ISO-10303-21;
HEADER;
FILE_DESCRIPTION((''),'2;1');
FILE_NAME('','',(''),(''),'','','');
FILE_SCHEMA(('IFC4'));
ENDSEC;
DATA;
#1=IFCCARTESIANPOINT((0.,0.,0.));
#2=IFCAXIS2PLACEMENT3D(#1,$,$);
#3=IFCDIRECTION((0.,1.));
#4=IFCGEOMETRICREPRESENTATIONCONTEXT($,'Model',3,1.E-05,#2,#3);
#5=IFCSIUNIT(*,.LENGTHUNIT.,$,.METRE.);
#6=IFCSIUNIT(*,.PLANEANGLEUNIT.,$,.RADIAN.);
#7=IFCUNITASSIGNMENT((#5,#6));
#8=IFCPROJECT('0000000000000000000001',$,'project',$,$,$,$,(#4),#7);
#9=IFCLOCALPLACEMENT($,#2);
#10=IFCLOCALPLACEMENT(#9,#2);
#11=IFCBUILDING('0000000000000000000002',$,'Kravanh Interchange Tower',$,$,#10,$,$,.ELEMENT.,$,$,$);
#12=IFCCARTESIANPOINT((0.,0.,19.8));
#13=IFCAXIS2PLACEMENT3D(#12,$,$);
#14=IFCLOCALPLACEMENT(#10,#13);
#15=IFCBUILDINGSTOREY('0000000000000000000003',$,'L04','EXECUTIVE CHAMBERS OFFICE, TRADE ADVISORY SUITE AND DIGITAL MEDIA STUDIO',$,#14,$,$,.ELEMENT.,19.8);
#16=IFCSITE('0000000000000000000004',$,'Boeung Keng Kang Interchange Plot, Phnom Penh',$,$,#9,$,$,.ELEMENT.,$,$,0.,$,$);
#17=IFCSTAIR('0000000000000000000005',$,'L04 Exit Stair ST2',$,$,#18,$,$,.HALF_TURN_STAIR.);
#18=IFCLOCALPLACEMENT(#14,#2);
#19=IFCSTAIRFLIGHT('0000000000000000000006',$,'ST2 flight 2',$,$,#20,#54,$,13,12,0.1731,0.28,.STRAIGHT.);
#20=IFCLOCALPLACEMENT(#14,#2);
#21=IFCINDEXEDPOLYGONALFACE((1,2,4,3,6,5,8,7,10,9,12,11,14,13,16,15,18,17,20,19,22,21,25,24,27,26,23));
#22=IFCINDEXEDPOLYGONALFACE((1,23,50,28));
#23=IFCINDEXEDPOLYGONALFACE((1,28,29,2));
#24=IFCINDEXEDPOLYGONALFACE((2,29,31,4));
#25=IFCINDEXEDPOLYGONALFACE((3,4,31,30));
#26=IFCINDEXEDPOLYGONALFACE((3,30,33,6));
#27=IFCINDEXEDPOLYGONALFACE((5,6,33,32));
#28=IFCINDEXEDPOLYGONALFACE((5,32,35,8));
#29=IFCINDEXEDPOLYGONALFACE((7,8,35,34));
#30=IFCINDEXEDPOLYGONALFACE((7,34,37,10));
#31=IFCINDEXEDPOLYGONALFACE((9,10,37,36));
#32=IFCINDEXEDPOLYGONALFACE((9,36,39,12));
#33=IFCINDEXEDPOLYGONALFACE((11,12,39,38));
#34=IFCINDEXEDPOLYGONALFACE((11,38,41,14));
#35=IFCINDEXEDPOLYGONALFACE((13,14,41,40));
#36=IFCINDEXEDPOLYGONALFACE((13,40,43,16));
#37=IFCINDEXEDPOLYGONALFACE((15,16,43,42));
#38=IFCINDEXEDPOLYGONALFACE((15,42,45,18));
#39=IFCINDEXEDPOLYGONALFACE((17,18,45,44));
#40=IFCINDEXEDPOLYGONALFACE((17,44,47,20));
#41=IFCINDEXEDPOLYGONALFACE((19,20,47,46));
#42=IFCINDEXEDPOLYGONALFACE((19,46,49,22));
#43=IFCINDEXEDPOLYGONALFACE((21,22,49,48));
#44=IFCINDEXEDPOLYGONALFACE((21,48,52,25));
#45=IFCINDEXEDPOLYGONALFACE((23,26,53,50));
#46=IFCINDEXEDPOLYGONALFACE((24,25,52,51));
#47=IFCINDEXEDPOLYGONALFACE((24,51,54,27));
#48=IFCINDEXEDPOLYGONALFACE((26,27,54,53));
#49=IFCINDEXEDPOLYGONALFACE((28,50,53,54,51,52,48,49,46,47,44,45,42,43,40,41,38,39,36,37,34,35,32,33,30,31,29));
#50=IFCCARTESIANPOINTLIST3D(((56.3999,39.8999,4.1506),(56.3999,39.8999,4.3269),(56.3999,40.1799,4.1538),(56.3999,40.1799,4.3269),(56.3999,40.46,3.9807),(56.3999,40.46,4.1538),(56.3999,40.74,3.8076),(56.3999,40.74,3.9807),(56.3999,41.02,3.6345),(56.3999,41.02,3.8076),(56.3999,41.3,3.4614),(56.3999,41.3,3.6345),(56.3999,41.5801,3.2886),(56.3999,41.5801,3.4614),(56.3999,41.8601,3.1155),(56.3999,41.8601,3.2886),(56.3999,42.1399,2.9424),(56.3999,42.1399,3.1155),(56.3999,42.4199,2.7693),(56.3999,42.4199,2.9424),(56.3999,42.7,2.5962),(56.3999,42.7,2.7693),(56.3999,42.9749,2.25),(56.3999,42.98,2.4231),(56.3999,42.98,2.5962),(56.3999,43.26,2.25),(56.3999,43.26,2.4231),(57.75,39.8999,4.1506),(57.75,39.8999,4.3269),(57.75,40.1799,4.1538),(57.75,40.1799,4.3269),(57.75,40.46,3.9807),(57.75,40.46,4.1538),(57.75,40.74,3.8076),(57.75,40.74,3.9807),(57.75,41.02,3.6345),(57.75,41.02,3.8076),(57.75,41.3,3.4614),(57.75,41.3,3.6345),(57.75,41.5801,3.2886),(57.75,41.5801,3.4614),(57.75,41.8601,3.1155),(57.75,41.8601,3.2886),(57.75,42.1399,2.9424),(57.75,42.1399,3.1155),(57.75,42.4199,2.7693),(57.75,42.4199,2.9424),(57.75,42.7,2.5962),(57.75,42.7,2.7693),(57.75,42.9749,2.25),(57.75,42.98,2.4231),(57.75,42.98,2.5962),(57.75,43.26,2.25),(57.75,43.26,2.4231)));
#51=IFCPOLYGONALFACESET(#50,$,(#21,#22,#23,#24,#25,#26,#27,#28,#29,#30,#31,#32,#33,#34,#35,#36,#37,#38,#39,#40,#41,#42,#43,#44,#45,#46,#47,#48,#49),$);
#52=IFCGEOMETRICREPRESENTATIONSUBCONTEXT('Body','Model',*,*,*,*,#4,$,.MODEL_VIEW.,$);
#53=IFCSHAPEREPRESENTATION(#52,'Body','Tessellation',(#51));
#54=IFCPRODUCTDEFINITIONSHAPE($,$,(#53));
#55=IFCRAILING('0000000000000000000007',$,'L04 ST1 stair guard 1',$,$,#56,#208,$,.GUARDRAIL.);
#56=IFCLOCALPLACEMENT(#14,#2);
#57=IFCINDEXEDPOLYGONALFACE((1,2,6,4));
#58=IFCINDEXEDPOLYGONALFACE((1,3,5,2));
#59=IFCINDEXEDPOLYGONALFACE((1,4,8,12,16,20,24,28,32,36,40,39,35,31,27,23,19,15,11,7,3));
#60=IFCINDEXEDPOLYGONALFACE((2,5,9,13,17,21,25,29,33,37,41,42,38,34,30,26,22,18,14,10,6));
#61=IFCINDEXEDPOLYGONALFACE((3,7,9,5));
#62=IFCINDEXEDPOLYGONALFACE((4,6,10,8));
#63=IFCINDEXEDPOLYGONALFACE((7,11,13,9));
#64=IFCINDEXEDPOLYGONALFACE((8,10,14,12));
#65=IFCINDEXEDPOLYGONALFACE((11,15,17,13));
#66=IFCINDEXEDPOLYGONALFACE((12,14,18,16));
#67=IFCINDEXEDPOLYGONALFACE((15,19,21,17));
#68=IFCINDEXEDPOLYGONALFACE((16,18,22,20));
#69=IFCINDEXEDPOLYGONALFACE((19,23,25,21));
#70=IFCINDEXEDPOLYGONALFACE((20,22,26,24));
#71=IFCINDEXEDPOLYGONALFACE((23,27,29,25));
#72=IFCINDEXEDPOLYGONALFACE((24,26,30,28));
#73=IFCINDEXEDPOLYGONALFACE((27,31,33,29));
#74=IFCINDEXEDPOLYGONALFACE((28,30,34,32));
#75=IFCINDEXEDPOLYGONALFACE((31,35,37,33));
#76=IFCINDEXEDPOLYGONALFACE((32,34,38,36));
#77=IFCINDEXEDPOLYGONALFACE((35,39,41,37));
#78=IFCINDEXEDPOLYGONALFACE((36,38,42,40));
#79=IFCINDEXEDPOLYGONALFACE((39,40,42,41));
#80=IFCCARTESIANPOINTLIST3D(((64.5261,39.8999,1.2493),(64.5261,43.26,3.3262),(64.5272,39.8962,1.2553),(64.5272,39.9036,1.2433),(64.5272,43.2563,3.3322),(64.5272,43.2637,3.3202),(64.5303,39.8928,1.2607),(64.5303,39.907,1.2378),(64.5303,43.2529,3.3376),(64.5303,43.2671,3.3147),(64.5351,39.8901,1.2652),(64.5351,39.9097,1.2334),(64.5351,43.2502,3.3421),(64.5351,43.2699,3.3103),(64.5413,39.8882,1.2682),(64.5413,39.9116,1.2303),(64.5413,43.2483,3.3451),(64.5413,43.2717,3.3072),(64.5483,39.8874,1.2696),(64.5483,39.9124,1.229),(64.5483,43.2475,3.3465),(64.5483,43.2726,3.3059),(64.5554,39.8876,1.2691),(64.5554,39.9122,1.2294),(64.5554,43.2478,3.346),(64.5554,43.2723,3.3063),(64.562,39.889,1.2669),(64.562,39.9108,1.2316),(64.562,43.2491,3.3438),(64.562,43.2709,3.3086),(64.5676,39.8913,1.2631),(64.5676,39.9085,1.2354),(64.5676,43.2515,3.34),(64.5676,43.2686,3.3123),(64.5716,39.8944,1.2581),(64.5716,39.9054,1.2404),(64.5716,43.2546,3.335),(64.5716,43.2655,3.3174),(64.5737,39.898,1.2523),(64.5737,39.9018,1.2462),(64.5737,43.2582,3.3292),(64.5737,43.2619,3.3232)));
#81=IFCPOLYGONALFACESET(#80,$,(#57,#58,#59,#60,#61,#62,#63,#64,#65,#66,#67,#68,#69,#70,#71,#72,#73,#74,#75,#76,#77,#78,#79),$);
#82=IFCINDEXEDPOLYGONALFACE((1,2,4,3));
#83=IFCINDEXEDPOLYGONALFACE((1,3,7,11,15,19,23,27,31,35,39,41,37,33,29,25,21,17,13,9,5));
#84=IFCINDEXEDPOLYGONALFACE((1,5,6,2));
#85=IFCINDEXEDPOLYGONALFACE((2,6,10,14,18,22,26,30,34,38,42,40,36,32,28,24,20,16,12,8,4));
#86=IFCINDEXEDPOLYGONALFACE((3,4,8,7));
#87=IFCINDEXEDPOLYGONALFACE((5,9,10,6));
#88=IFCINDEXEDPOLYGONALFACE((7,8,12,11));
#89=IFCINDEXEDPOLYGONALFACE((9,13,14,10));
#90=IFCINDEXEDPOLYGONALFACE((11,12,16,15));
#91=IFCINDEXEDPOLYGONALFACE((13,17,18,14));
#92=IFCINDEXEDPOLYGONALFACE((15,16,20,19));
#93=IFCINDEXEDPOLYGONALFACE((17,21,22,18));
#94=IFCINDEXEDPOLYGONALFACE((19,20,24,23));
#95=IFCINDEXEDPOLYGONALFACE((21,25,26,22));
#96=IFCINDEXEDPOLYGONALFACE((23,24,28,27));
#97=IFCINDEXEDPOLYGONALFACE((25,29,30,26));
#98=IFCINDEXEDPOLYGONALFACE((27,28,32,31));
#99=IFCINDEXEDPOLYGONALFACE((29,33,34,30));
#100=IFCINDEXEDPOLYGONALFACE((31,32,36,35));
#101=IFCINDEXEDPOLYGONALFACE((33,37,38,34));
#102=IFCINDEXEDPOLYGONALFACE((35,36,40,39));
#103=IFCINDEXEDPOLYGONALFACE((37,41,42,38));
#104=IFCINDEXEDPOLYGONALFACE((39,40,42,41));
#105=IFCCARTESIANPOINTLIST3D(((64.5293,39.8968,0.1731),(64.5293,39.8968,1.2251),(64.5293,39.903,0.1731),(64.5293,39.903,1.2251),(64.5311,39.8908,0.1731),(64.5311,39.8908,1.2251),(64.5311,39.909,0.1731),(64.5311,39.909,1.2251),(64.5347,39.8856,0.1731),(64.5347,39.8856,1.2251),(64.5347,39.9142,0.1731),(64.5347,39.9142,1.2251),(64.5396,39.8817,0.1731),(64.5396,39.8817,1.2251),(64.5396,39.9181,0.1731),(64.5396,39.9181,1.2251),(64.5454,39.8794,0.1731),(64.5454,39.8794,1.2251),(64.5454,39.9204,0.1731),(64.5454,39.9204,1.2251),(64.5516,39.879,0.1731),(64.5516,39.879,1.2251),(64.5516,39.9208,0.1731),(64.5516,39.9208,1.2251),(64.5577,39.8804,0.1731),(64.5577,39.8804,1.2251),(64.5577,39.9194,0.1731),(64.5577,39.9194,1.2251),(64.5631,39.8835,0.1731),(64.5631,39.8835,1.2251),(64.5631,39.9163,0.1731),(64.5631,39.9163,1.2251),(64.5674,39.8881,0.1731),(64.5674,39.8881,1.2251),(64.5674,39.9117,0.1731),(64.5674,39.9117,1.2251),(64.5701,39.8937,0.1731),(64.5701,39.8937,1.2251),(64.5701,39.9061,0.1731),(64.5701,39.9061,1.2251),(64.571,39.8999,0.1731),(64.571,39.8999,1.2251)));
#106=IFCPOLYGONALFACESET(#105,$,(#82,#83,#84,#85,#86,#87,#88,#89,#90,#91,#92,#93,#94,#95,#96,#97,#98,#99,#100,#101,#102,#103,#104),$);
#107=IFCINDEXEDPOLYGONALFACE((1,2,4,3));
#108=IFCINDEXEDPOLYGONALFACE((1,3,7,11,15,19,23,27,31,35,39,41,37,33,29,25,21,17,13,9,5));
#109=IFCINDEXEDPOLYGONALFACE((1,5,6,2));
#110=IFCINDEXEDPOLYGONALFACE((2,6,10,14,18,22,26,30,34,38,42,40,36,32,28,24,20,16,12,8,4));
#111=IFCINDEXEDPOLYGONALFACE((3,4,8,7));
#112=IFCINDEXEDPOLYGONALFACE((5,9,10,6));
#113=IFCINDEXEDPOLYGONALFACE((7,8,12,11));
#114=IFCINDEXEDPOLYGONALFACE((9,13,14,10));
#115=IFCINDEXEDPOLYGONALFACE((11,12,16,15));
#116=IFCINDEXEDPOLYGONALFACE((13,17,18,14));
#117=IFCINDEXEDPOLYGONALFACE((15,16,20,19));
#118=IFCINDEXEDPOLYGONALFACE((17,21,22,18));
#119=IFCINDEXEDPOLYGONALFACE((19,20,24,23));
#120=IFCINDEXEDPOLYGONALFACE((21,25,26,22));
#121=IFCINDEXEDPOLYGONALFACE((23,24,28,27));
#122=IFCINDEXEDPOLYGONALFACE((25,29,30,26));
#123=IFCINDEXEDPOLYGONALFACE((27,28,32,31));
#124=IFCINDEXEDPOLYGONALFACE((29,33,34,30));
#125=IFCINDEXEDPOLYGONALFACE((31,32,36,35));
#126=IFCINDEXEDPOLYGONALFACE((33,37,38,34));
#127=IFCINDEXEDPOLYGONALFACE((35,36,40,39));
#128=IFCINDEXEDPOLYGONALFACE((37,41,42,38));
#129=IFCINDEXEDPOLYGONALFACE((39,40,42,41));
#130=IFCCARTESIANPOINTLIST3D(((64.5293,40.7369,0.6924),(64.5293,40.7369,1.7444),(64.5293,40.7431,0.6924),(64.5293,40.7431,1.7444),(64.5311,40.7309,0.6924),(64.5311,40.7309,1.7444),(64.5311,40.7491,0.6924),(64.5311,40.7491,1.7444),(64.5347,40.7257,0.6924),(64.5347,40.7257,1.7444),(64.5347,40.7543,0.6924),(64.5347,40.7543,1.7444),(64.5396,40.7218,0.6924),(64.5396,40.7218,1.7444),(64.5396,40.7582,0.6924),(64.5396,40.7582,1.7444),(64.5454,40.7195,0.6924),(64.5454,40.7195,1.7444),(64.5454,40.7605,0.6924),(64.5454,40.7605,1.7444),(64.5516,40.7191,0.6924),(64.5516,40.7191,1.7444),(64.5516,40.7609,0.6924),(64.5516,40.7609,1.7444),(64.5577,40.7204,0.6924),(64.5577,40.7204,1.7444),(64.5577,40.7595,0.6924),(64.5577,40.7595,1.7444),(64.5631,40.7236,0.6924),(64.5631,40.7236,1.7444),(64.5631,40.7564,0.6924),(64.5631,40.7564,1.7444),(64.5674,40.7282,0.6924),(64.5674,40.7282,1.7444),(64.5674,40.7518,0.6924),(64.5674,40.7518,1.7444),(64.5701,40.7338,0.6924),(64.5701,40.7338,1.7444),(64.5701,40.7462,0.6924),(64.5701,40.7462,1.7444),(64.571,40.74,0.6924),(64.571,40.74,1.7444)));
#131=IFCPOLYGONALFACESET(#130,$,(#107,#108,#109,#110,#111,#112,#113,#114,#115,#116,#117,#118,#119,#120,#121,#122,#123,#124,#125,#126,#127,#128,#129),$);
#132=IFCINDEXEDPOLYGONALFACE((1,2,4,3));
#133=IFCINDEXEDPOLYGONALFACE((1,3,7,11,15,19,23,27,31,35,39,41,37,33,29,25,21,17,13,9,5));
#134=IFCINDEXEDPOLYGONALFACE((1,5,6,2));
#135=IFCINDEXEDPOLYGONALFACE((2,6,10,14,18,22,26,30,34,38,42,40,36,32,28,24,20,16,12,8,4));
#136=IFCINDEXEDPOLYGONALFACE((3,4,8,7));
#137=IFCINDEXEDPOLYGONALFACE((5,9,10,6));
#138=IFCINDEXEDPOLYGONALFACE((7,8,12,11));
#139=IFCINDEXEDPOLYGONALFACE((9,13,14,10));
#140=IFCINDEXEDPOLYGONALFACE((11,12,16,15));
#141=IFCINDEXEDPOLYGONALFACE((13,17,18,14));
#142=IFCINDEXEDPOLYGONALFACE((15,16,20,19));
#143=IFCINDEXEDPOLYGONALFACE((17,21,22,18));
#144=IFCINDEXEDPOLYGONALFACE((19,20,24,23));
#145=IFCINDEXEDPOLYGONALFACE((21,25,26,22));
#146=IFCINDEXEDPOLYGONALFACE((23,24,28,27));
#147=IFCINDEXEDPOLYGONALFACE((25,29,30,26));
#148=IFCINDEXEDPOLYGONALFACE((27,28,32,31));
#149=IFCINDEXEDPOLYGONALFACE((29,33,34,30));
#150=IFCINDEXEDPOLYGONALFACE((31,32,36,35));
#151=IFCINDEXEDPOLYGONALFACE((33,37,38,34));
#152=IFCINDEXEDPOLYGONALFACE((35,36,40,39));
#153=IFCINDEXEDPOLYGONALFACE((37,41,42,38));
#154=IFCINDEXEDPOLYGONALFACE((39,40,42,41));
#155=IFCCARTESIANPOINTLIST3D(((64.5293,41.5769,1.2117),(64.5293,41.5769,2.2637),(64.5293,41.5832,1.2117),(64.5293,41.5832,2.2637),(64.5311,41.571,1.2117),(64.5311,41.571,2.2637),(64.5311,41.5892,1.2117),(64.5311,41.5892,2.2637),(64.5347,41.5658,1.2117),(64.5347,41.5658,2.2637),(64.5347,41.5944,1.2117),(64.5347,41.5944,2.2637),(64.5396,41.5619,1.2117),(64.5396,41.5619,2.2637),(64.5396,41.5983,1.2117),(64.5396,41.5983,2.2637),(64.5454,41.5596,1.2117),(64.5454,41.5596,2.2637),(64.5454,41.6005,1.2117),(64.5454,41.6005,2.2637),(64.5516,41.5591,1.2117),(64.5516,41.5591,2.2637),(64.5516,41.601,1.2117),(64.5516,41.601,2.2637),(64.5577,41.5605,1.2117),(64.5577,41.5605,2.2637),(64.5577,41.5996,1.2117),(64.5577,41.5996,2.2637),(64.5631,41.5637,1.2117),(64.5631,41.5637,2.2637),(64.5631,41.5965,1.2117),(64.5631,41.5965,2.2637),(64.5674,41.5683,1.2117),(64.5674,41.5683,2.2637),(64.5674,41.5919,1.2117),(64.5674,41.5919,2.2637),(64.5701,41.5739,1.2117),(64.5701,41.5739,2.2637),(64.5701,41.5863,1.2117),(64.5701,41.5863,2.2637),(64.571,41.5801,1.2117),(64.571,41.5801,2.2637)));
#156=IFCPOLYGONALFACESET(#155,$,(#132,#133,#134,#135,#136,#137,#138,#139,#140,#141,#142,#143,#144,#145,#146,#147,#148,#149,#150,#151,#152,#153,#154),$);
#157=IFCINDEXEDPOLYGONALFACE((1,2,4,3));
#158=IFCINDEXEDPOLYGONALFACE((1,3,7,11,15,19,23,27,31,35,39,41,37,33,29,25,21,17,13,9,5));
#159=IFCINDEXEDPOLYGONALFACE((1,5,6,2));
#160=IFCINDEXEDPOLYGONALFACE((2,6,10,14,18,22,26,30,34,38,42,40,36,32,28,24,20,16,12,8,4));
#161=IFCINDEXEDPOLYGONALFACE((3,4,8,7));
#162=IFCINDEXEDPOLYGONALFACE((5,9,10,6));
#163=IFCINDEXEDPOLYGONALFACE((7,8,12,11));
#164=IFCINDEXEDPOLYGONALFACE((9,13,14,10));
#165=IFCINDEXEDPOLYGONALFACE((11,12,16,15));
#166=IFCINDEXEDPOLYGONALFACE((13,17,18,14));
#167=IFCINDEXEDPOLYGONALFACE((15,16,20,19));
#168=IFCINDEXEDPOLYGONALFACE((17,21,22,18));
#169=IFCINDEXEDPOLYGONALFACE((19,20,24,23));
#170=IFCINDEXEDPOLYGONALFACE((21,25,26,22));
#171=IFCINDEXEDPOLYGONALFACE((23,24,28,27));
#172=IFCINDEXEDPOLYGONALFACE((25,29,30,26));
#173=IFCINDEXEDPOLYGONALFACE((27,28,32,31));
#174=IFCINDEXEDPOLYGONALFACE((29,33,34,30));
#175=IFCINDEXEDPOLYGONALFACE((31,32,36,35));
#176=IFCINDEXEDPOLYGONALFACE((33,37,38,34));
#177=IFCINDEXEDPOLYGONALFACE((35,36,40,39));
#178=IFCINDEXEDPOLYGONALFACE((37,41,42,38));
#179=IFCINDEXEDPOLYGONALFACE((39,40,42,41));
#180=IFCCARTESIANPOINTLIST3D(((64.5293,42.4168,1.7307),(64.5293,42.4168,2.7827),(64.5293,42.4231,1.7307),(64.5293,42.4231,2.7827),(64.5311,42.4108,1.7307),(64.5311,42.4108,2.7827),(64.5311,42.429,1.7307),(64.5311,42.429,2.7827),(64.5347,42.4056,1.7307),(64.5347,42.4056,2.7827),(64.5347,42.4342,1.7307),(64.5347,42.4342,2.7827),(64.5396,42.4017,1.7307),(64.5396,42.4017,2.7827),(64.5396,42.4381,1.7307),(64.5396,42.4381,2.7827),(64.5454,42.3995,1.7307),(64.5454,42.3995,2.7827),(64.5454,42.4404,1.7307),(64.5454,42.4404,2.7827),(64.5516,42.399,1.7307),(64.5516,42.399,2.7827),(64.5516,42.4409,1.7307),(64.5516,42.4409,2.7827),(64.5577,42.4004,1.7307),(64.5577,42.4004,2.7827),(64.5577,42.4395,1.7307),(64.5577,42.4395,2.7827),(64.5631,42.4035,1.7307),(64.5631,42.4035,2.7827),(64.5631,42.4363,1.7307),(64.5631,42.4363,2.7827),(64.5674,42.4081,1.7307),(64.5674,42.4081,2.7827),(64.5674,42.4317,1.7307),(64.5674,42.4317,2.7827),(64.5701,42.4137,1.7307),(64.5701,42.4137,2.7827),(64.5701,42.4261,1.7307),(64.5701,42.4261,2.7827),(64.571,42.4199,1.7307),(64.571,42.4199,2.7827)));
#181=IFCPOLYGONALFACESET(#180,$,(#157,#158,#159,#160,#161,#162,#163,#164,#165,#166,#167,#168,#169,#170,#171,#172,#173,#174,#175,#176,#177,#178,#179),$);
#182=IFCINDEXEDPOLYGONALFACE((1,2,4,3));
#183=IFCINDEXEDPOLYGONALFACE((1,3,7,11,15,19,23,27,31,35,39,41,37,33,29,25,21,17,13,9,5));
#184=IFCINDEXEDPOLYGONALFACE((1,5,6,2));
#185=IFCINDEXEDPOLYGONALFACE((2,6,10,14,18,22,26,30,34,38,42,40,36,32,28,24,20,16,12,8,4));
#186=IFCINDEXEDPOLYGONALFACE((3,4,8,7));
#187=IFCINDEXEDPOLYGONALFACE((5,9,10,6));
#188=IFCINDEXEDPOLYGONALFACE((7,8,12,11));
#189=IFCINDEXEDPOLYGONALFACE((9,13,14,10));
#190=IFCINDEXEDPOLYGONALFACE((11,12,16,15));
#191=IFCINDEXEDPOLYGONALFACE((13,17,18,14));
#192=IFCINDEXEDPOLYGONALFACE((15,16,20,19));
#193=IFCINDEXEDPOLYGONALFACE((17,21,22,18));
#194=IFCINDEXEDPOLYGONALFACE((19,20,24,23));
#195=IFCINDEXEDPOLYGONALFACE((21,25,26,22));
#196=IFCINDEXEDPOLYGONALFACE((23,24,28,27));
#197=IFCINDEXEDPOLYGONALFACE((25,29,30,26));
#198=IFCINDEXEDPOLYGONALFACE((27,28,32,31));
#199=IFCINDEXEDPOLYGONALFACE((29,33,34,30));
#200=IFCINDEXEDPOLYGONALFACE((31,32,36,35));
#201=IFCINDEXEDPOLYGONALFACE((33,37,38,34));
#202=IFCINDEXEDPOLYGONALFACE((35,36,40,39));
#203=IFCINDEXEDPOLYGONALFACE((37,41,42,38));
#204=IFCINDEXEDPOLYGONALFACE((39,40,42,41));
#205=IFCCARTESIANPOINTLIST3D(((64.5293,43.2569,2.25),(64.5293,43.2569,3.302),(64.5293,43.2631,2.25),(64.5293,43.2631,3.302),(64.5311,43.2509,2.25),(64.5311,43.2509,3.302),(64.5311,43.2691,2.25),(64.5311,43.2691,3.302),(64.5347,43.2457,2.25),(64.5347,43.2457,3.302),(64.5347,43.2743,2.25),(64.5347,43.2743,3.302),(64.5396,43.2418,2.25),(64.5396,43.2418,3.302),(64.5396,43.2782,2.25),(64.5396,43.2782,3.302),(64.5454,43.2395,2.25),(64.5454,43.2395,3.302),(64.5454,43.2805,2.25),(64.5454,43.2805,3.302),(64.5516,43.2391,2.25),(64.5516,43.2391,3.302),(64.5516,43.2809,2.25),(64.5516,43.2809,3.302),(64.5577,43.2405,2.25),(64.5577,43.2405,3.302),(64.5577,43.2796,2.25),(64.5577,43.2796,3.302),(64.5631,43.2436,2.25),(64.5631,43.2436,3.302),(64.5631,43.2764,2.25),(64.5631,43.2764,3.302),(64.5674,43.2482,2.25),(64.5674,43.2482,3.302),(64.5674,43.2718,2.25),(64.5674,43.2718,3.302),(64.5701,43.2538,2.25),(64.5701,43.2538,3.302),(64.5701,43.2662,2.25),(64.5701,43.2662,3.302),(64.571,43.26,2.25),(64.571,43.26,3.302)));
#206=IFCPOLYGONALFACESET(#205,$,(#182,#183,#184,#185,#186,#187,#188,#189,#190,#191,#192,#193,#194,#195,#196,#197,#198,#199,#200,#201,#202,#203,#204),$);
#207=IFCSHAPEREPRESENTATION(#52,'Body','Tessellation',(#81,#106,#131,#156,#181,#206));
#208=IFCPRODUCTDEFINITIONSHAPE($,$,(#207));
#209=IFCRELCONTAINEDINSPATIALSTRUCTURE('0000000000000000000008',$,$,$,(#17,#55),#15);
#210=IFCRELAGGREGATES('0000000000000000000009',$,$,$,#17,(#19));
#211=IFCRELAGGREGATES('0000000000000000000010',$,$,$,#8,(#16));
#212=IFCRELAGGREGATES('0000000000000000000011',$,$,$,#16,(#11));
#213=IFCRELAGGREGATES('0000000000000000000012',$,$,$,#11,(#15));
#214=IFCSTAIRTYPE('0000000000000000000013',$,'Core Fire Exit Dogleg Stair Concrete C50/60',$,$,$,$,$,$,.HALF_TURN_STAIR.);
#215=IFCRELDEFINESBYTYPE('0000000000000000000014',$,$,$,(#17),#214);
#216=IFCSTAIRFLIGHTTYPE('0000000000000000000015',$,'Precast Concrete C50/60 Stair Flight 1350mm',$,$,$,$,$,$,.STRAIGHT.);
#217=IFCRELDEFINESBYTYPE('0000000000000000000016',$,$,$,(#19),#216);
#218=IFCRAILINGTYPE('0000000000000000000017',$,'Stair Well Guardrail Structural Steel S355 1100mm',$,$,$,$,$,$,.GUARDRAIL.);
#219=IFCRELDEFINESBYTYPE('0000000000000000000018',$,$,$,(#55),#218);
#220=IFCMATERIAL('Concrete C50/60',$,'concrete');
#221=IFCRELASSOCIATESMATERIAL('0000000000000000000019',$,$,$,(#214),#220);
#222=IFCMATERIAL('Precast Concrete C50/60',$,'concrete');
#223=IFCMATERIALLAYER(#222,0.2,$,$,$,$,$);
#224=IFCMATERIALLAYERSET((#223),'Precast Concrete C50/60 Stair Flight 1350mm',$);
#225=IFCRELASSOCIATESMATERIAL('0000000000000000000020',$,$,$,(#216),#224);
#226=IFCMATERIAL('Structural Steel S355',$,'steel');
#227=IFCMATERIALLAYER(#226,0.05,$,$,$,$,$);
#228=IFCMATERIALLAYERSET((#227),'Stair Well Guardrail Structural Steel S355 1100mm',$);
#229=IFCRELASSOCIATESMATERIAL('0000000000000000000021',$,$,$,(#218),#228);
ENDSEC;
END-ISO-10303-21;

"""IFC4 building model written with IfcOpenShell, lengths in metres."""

from ifc_helpers import new_model, si_unit, direction, frame, origin, origin_2d, place, context, subcontext, project, spatial, polyline, circle, outline, extrude, material, layer, layer_set, type_object, element, aggregate, save


model = new_model("IFC4")

# Units and contexts
model_context = context("Model", 3, precision=1e-05, world=origin(), true_north=direction((0.0, 1.0)))
body_context = subcontext(model_context, "Body", "Model", "MODEL_VIEW")
ifc_project = project(units=[si_unit("LENGTHUNIT", "METRE"), si_unit("PLANEANGLEUNIT", "RADIAN")], contexts=[model_context])

# Site, building, storey
site_placement = place(None, origin())
site = spatial("IfcSite", under=ifc_project, at=site_placement, Name="Boeung Keng Kang Interchange Plot, Phnom Penh", CompositionType="ELEMENT", RefElevation=0.0)
building_placement = place(site_placement, origin())
building = spatial("IfcBuilding", under=site, at=building_placement, Name="Kravanh Interchange Tower", CompositionType="ELEMENT")
storey_placement = place(building_placement, frame((0.0, 0.0, 19.8)))
storey = spatial("IfcBuildingStorey", under=building, at=storey_placement, Name="L04", Description="EXECUTIVE CHAMBERS OFFICE, TRADE ADVISORY SUITE AND DIGITAL MEDIA STUDIO", CompositionType="ELEMENT", Elevation=19.8)

# Stair, stair flight
ifc_material_1 = material(Name="Concrete C50/60", Category="concrete")
stair_type = type_object("IfcStairType", Name="Core Fire Exit Dogleg Stair Concrete C50/60", PredefinedType="HALF_TURN_STAIR", material=ifc_material_1)
ifc_material_2 = material(Name="Precast Concrete C50/60", Category="concrete")
ifc_layer_1 = layer(ifc_material_2, 0.2)
ifc_layer_set_1 = layer_set([ifc_layer_1], Name="Precast Concrete C50/60 Stair Flight 1350mm")
stair_flight_type = type_object("IfcStairFlightType", Name="Precast Concrete C50/60 Stair Flight 1350mm", PredefinedType="STRAIGHT", material=ifc_layer_set_1)
stair_1_placement = place(storey_placement, origin())
stair_1 = element("IfcStair", 1, at=stair_1_placement, inside=storey, type_object=stair_type, Name="L04 Exit Stair ST2", PredefinedType="HALF_TURN_STAIR")
stair_flight_1_placement = place(storey_placement, frame((57.075, 43.26, 2.25), z_axis=(0.0, 0.0, 1.0), x_axis=(0.0, -1.0, 0.0)))
stair_flight_1 = element("IfcStairFlight", 2, at=stair_flight_1_placement, type_object=stair_flight_type, Name="ST2 flight 2", NumberOfRisers=13, NumberOfTreads=12, PredefinedType="STRAIGHT", RiserHeight=0.1731, TreadLength=0.28, context=body_context, shape_type="SweptSolid", body=[
    extrude(outline(polyline([(0.0, 0.0), (0.0, 0.1731), (0.28, 0.1731), (0.28, 0.3462), (0.5601, 0.3462), (0.5601, 0.5193), (0.8401, 0.5193), (0.8401, 0.6924), (1.1201, 0.6924), (1.1201, 0.8655), (1.3999, 0.8655), (1.3999, 1.0386), (1.6799, 1.0386), (1.6799, 1.2114), (1.96, 1.2114), (1.96, 1.3845), (2.24, 1.3845), (2.24, 1.5576), (2.52, 1.5576), (2.52, 1.7307), (2.8, 1.7307), (2.8, 1.9038), (3.0801, 1.9038), (3.0801, 2.0769), (3.3601, 2.0769), (3.3601, 2.25), (3.3601, 1.9006), (0.2852, 0.0), (0.0, 0.0)])), frame((0.0, 0.675, 0.0), z_axis=(0.0, -1.0, 0.0), x_axis=(1.0, 0.0, 0.0)), (0.0, 0.0, 1.0), 1.3501),
])
aggregate(stair_1, [stair_flight_1])

# Railing
ifc_material_3 = material(Name="Structural Steel S355", Category="steel")
ifc_layer_2 = layer(ifc_material_3, 0.05)
ifc_layer_set_2 = layer_set([ifc_layer_2], Name="Stair Well Guardrail Structural Steel S355 1100mm")
railing_type_1 = type_object("IfcRailingType", Name="Stair Well Guardrail Structural Steel S355 1100mm", PredefinedType="GUARDRAIL", material=ifc_layer_set_2)
railing_1_placement = place(storey_placement, frame((64.55, 39.8999, 0.1731)))
element("IfcRailing", 3, at=railing_1_placement, inside=storey, type_object=railing_type_1, Name="L04 ST1 stair guard 1", PredefinedType="GUARDRAIL", context=body_context, shape_type="SweptSolid", body=[
    extrude(circle(Radius=0.0239, at=origin_2d()), frame((0.0, 0.0, 1.0762), z_axis=(0.0, 0.850623, 0.525776), x_axis=(-1.0, 0.0, 0.0)), (0.0, 0.0, 1.0), 3.9502),
    extrude(circle(Radius=0.021, at=origin_2d()), origin(), (0.0, 0.0, 1.0), 1.052),
    extrude(circle(Radius=0.021, at=origin_2d()), frame((0.0, 0.8401, 0.5193)), (0.0, 0.0, 1.0), 1.052),
    extrude(circle(Radius=0.021, at=origin_2d()), frame((0.0, 1.6802, 1.0386)), (0.0, 0.0, 1.0), 1.052),
    extrude(circle(Radius=0.021, at=origin_2d()), frame((0.0, 2.52, 1.5576)), (0.0, 0.0, 1.0), 1.052),
    extrude(circle(Radius=0.021, at=origin_2d()), frame((0.0, 3.3601, 2.0769)), (0.0, 0.0, 1.0), 1.052),
])

save(model, "model.ifc")
